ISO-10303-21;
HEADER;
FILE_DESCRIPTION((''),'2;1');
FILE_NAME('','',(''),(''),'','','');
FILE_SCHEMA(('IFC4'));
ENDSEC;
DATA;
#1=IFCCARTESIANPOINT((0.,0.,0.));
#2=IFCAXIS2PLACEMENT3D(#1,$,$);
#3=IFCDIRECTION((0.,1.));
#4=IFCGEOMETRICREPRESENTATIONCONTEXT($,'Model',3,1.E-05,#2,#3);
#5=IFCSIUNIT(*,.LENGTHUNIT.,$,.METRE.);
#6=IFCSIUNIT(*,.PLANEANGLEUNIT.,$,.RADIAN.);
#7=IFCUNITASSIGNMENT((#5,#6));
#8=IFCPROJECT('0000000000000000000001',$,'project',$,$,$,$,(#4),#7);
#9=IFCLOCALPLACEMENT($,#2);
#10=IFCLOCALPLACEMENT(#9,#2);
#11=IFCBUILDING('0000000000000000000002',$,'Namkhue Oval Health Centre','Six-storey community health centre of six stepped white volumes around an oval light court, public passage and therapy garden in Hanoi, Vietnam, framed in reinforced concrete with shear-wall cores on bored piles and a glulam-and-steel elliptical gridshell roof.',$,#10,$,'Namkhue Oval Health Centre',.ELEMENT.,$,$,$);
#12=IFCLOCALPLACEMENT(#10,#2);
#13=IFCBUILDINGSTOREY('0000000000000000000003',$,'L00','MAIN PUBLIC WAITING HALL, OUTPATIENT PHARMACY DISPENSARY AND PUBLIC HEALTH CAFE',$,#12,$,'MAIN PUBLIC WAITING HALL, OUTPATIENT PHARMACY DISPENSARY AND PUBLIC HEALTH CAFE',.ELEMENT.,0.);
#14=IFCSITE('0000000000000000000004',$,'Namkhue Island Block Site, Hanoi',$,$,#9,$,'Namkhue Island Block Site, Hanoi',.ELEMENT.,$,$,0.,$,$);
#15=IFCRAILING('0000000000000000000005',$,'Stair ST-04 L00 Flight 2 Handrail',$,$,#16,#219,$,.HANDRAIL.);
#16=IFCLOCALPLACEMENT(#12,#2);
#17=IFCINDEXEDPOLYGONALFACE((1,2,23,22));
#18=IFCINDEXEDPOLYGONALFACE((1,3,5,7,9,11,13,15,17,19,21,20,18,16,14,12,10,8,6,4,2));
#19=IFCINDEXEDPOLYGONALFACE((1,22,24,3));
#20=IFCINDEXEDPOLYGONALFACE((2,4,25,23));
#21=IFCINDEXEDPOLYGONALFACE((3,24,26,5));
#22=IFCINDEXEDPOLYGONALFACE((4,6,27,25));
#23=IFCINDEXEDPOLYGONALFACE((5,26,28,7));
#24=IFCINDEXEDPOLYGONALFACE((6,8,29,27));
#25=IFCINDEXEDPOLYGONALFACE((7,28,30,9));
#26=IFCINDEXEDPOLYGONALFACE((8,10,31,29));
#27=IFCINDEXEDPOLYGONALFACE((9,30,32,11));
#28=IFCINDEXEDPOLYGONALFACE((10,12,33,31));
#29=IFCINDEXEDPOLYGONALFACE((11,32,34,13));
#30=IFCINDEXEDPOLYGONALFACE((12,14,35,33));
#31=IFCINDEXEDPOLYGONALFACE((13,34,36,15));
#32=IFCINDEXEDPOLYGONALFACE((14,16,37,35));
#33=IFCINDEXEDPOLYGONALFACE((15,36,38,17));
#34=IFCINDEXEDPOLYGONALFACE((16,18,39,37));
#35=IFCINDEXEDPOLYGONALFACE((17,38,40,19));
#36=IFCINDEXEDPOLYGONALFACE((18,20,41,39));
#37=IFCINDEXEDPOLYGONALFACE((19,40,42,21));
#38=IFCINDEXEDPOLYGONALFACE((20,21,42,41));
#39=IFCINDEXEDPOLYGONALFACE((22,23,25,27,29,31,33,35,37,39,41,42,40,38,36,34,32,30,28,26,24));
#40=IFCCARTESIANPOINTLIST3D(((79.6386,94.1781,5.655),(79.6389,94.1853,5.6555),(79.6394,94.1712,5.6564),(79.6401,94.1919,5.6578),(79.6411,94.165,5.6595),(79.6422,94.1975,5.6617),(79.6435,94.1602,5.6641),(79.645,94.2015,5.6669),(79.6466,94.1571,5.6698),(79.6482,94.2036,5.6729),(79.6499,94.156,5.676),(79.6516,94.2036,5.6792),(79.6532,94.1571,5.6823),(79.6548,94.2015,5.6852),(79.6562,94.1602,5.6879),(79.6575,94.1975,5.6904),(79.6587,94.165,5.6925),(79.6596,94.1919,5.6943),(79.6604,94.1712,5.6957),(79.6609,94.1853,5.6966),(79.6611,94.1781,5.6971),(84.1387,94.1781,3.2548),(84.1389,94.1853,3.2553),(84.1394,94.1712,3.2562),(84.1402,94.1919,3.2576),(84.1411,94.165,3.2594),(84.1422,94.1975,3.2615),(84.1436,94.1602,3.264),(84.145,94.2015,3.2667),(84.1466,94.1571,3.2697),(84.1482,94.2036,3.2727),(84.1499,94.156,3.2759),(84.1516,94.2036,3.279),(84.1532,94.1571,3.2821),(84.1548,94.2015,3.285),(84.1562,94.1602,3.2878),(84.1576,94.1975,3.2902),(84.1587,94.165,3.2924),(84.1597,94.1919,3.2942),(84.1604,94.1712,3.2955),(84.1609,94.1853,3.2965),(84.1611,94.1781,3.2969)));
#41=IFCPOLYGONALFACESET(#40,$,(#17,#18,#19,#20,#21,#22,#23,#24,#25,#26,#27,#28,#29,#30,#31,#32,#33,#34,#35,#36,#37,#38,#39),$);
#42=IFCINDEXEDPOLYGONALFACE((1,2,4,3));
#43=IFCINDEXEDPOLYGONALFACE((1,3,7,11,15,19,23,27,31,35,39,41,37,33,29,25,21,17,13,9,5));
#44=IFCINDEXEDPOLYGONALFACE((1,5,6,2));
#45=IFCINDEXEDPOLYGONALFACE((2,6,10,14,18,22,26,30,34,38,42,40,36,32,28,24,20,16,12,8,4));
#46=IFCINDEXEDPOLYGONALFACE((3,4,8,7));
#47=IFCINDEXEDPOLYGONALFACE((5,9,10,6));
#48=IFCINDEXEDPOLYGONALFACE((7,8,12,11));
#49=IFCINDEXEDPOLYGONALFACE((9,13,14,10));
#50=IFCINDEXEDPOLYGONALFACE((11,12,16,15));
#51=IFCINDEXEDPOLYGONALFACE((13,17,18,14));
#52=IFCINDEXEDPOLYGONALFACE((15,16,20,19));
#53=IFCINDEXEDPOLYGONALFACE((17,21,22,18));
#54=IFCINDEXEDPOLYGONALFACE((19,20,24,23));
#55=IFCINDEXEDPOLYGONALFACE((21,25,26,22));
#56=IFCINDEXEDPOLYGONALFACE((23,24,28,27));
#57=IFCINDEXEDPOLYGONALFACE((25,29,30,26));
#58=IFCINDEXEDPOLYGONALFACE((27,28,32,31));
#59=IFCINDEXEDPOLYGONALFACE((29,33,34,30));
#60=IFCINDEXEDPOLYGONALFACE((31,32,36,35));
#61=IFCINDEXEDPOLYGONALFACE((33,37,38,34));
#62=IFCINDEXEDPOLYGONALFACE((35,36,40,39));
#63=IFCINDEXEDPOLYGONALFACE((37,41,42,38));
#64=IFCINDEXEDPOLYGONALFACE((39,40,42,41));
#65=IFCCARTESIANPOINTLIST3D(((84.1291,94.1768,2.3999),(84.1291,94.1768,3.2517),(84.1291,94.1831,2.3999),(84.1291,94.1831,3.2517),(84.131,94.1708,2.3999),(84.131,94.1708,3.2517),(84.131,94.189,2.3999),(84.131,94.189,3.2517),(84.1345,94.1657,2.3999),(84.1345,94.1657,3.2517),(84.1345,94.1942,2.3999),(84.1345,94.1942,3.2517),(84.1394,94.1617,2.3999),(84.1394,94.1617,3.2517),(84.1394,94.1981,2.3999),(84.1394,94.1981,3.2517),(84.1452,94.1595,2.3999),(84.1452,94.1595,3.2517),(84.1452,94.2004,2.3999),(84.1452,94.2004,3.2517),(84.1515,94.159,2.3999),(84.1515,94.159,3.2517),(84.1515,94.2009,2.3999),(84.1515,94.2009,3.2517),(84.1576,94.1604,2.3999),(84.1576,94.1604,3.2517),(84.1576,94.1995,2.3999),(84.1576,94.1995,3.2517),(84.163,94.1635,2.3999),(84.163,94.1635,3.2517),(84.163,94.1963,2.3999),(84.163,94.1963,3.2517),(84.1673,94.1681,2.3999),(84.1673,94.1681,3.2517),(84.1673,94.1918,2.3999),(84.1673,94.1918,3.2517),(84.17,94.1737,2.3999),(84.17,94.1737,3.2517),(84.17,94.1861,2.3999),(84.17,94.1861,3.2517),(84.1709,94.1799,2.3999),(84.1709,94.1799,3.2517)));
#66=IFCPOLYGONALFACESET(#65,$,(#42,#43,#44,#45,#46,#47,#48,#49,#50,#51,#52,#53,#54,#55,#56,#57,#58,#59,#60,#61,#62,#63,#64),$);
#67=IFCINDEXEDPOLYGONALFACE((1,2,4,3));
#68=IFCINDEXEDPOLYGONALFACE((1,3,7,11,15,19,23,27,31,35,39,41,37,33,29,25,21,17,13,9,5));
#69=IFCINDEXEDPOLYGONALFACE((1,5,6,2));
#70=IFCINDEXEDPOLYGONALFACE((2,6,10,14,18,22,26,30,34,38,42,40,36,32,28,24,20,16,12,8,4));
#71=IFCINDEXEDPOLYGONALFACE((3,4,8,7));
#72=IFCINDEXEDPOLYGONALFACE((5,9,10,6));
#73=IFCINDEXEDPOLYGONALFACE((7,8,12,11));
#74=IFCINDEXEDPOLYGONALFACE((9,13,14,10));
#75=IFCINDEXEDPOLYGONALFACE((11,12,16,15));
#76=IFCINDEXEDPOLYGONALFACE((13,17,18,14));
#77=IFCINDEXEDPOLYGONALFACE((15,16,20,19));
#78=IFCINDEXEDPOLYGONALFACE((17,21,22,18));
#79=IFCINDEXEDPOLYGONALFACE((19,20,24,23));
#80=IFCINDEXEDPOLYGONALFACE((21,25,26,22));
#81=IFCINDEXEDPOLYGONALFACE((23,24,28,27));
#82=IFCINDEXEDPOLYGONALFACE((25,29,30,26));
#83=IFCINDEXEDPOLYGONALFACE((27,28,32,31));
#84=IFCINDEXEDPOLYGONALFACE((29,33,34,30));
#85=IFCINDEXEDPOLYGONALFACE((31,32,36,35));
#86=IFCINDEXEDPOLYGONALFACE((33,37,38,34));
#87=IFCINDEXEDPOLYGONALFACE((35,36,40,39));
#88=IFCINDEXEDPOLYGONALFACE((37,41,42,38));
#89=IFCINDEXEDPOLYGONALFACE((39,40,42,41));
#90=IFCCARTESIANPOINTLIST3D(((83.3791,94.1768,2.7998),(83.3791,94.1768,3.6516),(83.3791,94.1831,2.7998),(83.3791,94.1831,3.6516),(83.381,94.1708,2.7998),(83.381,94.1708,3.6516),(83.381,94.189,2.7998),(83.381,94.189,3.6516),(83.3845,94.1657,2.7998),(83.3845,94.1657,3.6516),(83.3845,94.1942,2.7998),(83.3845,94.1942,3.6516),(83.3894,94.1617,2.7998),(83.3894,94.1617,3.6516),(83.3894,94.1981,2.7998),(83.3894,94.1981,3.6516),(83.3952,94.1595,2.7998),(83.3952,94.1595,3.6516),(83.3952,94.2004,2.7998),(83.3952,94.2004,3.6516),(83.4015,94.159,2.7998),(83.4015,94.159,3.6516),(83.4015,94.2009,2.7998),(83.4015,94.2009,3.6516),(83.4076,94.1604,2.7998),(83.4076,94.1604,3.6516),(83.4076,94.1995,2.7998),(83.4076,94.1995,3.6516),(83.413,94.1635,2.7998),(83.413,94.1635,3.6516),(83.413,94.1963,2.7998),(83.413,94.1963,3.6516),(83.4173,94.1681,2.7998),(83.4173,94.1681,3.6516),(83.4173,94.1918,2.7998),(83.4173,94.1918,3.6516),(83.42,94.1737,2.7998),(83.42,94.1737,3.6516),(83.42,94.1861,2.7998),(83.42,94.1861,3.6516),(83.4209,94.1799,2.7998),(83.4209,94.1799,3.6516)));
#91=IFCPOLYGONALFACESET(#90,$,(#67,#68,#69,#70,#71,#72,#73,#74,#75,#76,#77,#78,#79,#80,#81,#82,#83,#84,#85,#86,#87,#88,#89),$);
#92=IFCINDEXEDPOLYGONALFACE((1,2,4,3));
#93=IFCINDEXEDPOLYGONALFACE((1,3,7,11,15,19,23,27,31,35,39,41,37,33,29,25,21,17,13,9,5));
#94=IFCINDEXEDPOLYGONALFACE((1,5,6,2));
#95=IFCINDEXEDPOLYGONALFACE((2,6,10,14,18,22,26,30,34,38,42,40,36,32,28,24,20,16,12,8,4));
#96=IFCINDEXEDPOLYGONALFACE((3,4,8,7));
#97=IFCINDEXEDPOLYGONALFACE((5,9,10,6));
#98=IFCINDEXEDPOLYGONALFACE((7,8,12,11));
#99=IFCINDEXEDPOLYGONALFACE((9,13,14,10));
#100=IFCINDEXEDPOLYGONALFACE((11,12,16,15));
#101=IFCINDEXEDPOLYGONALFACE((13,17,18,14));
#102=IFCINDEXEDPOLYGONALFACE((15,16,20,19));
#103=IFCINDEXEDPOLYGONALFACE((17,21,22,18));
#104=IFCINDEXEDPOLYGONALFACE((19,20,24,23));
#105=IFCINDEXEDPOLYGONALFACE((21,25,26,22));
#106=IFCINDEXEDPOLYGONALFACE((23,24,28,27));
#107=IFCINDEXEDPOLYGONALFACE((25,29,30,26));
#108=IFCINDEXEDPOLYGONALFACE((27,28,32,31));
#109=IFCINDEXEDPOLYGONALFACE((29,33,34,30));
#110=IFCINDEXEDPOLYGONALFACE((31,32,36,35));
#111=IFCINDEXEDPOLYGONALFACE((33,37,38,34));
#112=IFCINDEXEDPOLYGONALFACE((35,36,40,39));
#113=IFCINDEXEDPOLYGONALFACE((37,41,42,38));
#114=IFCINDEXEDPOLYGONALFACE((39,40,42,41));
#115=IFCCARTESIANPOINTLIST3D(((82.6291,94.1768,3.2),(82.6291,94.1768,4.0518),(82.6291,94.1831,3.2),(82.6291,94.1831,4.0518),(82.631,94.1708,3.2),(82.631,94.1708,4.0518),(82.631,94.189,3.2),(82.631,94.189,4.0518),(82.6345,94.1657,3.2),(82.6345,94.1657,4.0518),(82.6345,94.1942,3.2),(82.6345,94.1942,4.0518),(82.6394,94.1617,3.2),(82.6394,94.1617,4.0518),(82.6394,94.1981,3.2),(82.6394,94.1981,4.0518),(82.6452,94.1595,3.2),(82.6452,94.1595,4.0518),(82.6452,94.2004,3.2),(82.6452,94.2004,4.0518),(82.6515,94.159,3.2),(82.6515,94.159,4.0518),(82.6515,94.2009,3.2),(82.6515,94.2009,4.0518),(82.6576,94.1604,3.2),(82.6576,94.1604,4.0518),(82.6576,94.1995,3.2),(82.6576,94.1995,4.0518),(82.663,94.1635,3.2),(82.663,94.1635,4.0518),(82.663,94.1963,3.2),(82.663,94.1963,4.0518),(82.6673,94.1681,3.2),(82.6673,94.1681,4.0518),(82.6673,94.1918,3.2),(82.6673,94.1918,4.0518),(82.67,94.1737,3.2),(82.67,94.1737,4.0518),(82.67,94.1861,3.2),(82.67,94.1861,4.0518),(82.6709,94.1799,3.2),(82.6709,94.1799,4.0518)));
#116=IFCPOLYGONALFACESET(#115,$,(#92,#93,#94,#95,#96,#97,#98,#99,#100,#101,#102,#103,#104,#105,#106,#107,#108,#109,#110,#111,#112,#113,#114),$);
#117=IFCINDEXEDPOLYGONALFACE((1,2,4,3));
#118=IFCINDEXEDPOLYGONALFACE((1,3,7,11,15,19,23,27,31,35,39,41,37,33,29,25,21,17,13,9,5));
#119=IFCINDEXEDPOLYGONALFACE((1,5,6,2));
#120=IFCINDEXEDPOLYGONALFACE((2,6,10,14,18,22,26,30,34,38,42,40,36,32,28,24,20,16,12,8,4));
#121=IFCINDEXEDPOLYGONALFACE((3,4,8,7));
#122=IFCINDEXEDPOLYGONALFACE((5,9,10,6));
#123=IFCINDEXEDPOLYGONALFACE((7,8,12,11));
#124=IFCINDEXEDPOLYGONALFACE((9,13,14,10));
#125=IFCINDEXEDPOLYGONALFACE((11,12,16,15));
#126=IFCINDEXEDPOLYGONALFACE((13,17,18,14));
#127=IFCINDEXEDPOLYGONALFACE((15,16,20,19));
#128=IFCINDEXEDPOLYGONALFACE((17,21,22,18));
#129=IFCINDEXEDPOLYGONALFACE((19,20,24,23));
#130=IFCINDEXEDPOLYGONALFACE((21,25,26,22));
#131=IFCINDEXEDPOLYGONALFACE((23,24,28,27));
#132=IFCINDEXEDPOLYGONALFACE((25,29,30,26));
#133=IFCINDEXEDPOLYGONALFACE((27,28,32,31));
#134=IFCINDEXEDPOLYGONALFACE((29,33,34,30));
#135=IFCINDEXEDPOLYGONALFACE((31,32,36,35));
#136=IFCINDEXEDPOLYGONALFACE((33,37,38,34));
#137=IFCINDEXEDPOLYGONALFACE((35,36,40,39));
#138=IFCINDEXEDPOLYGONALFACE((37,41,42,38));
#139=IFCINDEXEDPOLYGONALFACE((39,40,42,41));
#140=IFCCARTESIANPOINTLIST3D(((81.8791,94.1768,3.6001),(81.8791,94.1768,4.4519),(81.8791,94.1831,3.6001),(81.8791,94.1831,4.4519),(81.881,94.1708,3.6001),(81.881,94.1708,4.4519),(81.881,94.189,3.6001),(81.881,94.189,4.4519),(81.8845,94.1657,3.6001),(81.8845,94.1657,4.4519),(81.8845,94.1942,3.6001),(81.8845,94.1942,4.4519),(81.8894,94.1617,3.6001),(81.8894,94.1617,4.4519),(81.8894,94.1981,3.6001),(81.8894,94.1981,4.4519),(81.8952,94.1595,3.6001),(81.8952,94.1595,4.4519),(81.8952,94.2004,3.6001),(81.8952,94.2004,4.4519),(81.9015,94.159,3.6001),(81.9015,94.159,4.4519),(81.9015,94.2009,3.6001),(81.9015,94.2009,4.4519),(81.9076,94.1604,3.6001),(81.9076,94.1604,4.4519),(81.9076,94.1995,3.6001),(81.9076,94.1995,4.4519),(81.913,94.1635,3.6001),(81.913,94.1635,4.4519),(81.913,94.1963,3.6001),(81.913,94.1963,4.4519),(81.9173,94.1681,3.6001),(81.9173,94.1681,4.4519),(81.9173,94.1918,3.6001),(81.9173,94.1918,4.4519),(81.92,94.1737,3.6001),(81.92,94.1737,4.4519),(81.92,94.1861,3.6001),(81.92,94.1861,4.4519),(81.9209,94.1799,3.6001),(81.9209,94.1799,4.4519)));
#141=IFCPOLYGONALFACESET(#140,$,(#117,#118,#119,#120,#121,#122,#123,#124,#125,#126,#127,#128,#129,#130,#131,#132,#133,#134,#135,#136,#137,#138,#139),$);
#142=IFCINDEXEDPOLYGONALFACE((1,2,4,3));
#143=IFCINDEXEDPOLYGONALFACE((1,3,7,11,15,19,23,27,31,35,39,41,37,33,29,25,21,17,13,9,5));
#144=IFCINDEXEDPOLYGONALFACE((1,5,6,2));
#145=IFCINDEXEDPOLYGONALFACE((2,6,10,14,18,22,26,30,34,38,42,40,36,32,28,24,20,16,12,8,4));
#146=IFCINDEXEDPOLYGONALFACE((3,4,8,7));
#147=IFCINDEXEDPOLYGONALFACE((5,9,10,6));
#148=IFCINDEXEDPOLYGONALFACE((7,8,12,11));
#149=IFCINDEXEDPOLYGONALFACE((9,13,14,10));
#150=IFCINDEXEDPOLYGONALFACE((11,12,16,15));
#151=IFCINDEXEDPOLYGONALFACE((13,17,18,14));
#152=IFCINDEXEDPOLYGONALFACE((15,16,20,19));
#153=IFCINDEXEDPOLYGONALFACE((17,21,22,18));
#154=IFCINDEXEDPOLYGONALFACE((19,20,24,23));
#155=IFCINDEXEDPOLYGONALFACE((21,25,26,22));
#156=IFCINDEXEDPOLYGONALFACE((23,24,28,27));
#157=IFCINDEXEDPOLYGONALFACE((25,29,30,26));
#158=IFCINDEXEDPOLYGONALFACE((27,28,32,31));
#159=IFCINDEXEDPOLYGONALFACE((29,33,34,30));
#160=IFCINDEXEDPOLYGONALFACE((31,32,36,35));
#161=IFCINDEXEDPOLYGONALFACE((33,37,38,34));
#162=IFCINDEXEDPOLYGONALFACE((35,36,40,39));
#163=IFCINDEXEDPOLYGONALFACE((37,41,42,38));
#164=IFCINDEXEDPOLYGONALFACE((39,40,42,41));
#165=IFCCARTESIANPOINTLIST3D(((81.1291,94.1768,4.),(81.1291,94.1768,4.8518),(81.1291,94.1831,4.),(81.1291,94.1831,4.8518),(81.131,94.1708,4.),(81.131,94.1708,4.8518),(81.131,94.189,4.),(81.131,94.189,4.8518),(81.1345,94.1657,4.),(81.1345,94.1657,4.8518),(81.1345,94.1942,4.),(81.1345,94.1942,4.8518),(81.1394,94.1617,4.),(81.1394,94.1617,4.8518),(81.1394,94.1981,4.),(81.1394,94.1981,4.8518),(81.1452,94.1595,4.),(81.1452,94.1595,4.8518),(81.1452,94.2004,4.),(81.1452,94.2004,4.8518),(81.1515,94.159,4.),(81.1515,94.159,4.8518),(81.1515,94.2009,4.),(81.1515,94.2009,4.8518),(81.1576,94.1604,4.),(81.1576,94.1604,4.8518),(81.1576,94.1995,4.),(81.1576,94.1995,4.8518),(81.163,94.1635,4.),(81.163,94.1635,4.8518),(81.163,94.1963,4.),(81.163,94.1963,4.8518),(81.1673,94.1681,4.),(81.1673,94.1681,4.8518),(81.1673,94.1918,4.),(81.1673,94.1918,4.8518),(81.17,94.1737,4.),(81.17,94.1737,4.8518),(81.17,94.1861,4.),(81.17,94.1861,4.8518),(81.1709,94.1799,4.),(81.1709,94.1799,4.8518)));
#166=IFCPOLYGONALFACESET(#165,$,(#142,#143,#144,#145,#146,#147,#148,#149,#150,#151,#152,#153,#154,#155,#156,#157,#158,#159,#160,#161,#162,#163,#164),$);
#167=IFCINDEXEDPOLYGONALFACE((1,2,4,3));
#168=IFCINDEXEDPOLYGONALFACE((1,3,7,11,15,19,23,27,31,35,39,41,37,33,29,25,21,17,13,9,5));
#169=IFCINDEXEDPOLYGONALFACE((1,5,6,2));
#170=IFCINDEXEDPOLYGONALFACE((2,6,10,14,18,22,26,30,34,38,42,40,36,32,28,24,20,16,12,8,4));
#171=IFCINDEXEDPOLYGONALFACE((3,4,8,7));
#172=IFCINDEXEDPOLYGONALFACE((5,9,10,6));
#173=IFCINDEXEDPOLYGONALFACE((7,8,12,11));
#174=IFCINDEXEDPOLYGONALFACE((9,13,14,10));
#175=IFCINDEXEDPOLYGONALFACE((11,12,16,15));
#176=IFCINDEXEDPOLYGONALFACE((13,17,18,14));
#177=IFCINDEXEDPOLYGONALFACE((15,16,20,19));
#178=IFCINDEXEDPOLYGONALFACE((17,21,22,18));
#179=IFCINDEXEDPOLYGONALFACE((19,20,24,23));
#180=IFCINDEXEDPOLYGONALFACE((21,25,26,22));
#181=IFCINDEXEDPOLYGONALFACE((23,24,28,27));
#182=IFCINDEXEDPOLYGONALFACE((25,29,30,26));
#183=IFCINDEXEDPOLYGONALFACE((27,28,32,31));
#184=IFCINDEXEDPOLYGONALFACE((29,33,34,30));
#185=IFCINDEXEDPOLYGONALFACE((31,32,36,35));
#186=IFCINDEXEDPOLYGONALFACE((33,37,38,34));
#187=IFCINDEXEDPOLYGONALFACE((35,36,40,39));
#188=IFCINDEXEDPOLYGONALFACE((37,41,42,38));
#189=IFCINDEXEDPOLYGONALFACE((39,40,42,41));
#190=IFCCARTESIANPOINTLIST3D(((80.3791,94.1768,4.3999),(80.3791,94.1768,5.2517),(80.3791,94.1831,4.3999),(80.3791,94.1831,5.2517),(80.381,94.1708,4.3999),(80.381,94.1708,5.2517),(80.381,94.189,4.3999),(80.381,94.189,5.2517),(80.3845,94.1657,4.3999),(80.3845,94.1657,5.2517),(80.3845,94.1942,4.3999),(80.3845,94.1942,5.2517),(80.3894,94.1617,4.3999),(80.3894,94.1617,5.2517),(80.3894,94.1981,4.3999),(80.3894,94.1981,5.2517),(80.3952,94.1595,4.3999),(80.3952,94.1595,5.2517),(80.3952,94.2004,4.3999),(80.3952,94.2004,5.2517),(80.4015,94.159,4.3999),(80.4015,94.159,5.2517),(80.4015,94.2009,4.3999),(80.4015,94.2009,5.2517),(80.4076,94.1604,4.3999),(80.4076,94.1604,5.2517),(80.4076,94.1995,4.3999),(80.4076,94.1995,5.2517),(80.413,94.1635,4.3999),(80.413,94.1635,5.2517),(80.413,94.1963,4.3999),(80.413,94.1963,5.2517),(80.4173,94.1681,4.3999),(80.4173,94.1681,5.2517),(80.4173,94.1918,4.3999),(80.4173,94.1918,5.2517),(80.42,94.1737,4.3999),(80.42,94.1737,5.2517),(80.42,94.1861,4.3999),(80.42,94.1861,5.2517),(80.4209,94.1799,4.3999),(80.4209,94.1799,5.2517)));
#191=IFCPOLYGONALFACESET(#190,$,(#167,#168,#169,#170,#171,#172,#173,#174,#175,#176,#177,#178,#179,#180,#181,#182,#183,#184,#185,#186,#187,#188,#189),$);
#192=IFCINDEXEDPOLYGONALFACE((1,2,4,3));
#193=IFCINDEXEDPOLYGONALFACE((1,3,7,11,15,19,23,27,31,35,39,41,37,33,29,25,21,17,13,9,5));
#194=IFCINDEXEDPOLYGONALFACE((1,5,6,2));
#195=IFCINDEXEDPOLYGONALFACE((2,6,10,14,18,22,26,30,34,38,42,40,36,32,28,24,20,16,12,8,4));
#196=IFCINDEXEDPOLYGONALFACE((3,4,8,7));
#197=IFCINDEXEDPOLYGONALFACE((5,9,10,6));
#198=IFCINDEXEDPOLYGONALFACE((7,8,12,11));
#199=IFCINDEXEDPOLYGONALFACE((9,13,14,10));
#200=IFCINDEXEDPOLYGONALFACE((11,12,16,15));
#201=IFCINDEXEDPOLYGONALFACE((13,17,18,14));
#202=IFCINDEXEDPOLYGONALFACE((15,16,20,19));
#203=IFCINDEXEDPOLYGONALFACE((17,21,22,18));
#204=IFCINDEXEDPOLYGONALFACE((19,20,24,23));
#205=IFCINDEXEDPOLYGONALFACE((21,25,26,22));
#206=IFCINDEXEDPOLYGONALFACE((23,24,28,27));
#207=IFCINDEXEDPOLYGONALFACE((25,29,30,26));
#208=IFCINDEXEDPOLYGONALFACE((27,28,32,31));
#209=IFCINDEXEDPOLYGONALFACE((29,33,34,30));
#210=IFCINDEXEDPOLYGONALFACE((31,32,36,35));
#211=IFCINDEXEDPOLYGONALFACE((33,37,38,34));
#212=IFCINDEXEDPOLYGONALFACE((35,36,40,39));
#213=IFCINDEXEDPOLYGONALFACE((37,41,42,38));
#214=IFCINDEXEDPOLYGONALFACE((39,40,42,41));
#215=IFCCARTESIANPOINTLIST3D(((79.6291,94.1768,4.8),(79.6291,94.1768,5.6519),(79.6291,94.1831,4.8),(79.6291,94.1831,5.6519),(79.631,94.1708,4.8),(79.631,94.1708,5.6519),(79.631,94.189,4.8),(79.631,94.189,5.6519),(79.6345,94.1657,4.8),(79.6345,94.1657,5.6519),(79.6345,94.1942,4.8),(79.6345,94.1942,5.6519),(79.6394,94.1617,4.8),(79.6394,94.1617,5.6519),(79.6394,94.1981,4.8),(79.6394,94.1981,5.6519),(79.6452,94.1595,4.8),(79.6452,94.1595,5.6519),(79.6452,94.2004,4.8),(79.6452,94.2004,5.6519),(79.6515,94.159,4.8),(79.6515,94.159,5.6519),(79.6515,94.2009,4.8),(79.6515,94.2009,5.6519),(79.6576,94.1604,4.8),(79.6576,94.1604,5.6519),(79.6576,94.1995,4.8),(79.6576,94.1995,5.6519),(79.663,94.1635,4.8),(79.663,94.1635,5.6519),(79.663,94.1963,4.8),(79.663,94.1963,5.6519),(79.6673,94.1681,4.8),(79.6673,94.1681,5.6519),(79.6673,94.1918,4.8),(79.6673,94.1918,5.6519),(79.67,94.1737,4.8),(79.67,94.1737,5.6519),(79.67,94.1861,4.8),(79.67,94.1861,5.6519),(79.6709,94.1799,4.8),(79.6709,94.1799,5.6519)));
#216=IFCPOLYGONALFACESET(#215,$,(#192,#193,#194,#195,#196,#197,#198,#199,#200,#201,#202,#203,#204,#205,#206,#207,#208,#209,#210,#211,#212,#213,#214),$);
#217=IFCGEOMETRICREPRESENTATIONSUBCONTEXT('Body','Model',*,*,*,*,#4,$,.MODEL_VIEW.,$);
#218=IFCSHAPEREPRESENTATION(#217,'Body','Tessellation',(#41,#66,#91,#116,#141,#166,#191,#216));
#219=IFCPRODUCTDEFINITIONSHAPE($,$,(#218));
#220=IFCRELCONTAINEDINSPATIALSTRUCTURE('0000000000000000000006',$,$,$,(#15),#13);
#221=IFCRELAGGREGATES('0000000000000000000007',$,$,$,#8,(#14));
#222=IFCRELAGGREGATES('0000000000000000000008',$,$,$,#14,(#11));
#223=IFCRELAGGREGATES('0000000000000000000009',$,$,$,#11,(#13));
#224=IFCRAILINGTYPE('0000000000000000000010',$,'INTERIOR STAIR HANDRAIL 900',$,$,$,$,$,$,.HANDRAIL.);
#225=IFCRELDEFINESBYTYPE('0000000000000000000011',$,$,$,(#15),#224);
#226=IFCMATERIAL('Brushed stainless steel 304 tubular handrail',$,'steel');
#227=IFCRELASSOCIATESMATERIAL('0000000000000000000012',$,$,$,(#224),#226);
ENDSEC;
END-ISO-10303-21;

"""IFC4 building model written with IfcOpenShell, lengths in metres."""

from ifc_helpers import new_model, si_unit, direction, frame, origin, origin_2d, place, context, subcontext, project, spatial, circle, extrude, material, type_object, element, save


model = new_model("IFC4")

# Units and contexts
model_context = context("Model", 3, precision=1e-05, world=origin(), true_north=direction((0.0, 1.0)))
body_context = subcontext(model_context, "Body", "Model", "MODEL_VIEW")
ifc_project = project(units=[si_unit("LENGTHUNIT", "METRE"), si_unit("PLANEANGLEUNIT", "RADIAN")], contexts=[model_context])

# Site, building, storey
site_placement = place(None, origin())
site = spatial("IfcSite", under=ifc_project, at=site_placement, Name="Namkhue Island Block Site, Hanoi", LongName="Namkhue Island Block Site, Hanoi", CompositionType="ELEMENT", RefElevation=0.0)
building_placement = place(site_placement, origin())
building = spatial("IfcBuilding", under=site, at=building_placement, Name="Namkhue Oval Health Centre", Description="Six-storey community health centre of six stepped white volumes around an oval light court, public passage and therapy garden in Hanoi, Vietnam, framed in reinforced concrete with shear-wall cores on bored piles and a glulam-and-steel elliptical gridshell roof.", LongName="Namkhue Oval Health Centre", CompositionType="ELEMENT")
storey_placement = place(building_placement, origin())
storey = spatial("IfcBuildingStorey", under=building, at=storey_placement, Name="L00", Description="MAIN PUBLIC WAITING HALL, OUTPATIENT PHARMACY DISPENSARY AND PUBLIC HEALTH CAFE", LongName="MAIN PUBLIC WAITING HALL, OUTPATIENT PHARMACY DISPENSARY AND PUBLIC HEALTH CAFE", CompositionType="ELEMENT", Elevation=0.0)

# Railing
ifc_material_1 = material(Name="Brushed stainless steel 304 tubular handrail", Category="steel")
railing_type = type_object("IfcRailingType", Name="INTERIOR STAIR HANDRAIL 900", PredefinedType="HANDRAIL", material=ifc_material_1)
railing_placement = place(storey_placement, frame((84.1499, 94.1799, 2.3999)))
element("IfcRailing", 1, at=railing_placement, inside=storey, type_object=railing_type, Name="Stair ST-04 L00 Flight 2 Handrail", PredefinedType="HANDRAIL", context=body_context, shape_type="SweptSolid", body=[
    extrude(circle(Radius=0.0239, at=origin_2d()), frame((0.0, 0.0, 0.876), z_axis=(-0.882341, 0.0, 0.470611), x_axis=(0.0, -1.0, 0.0)), (0.0, 0.0, 1.0), 5.1001),
    extrude(circle(Radius=0.021, at=origin_2d()), origin(), (0.0, 0.0, 1.0), 0.8518),
    extrude(circle(Radius=0.021, at=origin_2d()), frame((-0.75, 0.0, 0.3999)), (0.0, 0.0, 1.0), 0.8518),
    extrude(circle(Radius=0.021, at=origin_2d()), frame((-1.5, 0.0, 0.8)), (0.0, 0.0, 1.0), 0.8518),
    extrude(circle(Radius=0.021, at=origin_2d()), frame((-2.25, 0.0, 1.2002)), (0.0, 0.0, 1.0), 0.8518),
    extrude(circle(Radius=0.021, at=origin_2d()), frame((-3.0, 0.0, 1.6001)), (0.0, 0.0, 1.0), 0.8518),
    extrude(circle(Radius=0.021, at=origin_2d()), frame((-3.75, 0.0, 2.0)), (0.0, 0.0, 1.0), 0.8518),
    extrude(circle(Radius=0.021, at=origin_2d()), frame((-4.5, 0.0, 2.4001)), (0.0, 0.0, 1.0), 0.8518),
])

save(model, "model.ifc")
